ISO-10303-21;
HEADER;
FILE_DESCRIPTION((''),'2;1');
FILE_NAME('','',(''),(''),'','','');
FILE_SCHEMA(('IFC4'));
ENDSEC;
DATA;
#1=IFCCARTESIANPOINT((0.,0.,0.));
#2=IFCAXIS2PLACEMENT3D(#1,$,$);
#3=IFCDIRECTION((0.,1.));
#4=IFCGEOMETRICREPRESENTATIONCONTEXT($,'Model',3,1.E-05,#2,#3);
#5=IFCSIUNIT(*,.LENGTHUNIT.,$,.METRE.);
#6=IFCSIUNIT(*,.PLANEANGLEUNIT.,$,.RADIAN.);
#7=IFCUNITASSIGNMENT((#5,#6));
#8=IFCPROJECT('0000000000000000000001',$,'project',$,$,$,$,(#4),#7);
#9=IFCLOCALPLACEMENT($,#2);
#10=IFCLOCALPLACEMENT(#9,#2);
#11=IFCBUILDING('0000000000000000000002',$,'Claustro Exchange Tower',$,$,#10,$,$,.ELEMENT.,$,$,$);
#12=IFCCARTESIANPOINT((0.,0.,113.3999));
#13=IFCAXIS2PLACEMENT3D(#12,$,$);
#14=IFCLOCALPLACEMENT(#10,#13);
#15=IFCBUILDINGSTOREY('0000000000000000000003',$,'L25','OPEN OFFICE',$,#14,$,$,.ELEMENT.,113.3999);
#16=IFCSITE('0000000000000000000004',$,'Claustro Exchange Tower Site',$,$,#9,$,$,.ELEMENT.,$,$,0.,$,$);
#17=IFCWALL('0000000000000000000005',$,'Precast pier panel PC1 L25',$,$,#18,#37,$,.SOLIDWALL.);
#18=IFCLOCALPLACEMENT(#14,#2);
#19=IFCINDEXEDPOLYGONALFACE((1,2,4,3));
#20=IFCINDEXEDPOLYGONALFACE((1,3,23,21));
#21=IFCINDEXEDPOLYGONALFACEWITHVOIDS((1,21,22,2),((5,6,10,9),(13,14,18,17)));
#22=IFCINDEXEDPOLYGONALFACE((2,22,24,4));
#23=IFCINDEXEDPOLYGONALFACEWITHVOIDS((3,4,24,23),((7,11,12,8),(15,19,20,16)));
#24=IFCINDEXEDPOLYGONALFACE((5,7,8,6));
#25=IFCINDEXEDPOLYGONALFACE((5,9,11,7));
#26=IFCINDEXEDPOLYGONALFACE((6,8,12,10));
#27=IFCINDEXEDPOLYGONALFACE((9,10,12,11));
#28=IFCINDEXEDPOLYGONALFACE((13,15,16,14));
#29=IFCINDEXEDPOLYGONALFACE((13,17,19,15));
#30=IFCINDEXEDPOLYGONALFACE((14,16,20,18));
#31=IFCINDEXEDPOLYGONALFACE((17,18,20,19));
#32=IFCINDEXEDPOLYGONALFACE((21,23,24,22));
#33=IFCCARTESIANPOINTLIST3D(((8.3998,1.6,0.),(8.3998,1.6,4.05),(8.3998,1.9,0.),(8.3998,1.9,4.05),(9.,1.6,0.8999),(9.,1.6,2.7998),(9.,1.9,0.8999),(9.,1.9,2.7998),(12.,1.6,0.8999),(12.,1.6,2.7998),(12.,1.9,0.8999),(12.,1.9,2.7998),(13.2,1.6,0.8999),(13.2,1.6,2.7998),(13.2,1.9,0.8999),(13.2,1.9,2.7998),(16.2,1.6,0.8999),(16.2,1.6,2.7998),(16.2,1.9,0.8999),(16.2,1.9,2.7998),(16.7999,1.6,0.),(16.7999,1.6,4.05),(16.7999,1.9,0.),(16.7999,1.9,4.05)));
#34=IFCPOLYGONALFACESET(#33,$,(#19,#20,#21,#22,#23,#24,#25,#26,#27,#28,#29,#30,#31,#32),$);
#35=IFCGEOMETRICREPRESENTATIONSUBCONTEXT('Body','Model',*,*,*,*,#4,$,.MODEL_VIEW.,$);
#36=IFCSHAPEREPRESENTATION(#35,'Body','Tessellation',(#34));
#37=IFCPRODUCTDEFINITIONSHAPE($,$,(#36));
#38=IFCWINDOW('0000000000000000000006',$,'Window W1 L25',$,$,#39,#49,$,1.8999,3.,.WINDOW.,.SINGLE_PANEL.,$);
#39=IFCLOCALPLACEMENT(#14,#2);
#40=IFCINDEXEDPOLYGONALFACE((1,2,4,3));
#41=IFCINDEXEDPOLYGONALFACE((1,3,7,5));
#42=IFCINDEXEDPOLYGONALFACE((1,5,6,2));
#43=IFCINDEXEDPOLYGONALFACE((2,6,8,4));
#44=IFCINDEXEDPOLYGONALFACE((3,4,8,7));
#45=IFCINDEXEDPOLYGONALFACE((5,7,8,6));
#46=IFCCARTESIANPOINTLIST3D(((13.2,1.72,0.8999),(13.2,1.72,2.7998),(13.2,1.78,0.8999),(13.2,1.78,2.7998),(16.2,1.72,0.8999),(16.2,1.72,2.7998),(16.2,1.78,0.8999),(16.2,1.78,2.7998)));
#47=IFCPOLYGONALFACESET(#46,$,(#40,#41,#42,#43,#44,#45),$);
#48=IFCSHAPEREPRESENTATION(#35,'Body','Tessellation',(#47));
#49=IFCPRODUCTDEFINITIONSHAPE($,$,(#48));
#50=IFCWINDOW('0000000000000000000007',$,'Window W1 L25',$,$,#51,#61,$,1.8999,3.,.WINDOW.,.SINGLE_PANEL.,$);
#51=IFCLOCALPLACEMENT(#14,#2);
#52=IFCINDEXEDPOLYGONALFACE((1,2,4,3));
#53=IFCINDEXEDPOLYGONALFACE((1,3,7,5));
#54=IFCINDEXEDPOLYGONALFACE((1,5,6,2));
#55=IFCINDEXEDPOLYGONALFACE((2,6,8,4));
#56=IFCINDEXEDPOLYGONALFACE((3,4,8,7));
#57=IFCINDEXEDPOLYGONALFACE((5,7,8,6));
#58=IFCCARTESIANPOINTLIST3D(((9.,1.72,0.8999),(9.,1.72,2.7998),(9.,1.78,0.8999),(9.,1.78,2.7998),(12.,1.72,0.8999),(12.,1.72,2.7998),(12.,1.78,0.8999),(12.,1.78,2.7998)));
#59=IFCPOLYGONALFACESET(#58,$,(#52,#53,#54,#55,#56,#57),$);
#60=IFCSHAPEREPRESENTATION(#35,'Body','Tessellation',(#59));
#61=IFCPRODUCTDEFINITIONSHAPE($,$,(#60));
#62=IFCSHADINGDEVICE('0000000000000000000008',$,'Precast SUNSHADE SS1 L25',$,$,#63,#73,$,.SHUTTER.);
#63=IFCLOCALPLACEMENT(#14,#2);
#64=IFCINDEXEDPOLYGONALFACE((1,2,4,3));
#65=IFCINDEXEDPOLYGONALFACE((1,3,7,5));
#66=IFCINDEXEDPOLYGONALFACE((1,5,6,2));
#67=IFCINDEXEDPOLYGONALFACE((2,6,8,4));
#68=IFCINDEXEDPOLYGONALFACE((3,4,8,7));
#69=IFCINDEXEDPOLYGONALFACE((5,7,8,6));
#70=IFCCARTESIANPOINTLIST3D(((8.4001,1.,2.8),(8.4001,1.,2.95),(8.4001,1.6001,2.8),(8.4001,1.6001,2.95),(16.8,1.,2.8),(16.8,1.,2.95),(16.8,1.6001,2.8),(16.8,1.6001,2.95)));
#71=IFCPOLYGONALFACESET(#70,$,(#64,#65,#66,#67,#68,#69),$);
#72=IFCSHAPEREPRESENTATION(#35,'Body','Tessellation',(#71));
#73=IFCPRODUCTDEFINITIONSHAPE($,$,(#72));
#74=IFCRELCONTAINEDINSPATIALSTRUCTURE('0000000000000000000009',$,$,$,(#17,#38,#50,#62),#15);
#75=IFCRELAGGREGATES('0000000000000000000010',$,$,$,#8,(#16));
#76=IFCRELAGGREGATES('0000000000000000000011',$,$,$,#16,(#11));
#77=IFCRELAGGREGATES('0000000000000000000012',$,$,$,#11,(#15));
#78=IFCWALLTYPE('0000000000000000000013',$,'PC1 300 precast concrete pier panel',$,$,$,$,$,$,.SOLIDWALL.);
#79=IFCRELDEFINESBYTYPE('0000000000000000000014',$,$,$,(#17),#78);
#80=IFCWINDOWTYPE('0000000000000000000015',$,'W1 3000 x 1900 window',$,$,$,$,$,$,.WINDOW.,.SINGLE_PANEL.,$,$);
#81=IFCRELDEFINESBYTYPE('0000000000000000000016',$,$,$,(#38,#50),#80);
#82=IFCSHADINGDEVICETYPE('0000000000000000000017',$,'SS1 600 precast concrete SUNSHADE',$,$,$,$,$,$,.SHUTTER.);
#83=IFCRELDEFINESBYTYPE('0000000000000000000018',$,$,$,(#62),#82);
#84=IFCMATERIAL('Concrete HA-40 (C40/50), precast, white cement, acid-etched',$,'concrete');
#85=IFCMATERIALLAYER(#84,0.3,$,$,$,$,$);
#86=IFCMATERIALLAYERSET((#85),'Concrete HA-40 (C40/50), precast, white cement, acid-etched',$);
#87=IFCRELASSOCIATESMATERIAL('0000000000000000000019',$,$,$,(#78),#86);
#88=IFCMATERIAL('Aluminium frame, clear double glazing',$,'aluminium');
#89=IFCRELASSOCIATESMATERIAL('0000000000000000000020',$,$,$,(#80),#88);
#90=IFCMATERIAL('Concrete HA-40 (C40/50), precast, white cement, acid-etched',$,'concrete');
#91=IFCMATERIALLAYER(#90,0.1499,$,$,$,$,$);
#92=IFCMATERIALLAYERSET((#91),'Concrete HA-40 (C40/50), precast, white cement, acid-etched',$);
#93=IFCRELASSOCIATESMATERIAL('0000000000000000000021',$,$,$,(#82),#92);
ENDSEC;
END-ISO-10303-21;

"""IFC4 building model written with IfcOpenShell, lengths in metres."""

from ifc_helpers import new_model, si_unit, direction, frame, frame_2d, origin, origin_2d, place, context, subcontext, project, spatial, rectangle, extrude, material, layer, layer_set, type_object, element, fill, save


model = new_model("IFC4")

# Units and contexts
model_context = context("Model", 3, precision=1e-05, world=origin(), true_north=direction((0.0, 1.0)))
body_context = subcontext(model_context, "Body", "Model", "MODEL_VIEW")
ifc_project = project(units=[si_unit("LENGTHUNIT", "METRE"), si_unit("PLANEANGLEUNIT", "RADIAN")], contexts=[model_context])

# Site, building, storey
site_placement = place(None, origin())
site = spatial("IfcSite", under=ifc_project, at=site_placement, Name="Claustro Exchange Tower Site", CompositionType="ELEMENT", RefElevation=0.0)
building_placement = place(site_placement, origin())
building = spatial("IfcBuilding", under=site, at=building_placement, Name="Claustro Exchange Tower", CompositionType="ELEMENT")
storey_placement = place(building_placement, frame((0.0, 0.0, 113.3999)))
storey = spatial("IfcBuildingStorey", under=building, at=storey_placement, Name="L25", Description="OPEN OFFICE", CompositionType="ELEMENT", Elevation=113.3999)

# Wall, openings, windows
ifc_material_1 = material(Name="Concrete HA-40 (C40/50), precast, white cement, acid-etched", Category="concrete")
ifc_layer_1 = layer(ifc_material_1, 0.3)
ifc_layer_set_1 = layer_set([ifc_layer_1], Name="Concrete HA-40 (C40/50), precast, white cement, acid-etched")
wall_type_1 = type_object("IfcWallType", Name="PC1 300 precast concrete pier panel", PredefinedType="SOLIDWALL", material=ifc_layer_set_1)
wall_1_placement = place(storey_placement, frame((16.8, 1.75, 0.0), z_axis=(0.0, 0.0, 1.0), x_axis=(-1.0, 0.0, 0.0)))
wall_1 = element("IfcWall", 1, at=wall_1_placement, inside=storey, type_object=wall_type_1, Name="Precast pier panel PC1 L25", PredefinedType="SOLIDWALL", context=body_context, shape_type="SweptSolid", body=[
    extrude(rectangle(XDim=8.4001, YDim=0.3, at=frame_2d((4.2002, 0.0))), origin(), (0.0, 0.0, 1.0), 4.05),
])
opening_1_placement = place(wall_1_placement, frame((0.6001, 0.0, 0.8999)))
opening_1 = element("IfcOpeningElement", 2, at=opening_1_placement, cuts=wall_1, PredefinedType="OPENING", context=body_context, shape_type="SweptSolid", body=[
    extrude(rectangle(XDim=3.0, YDim=1.8999, at=frame_2d((1.5, 0.95))), frame((0.0, 0.1599, 0.0), z_axis=(0.0, -1.0, 0.0), x_axis=(1.0, 0.0, 0.0)), (0.0, 0.0, 1.0), 0.3201),
])
opening_2_placement = place(wall_1_placement, frame((4.8, 0.0, 0.8999)))
opening_2 = element("IfcOpeningElement", 3, at=opening_2_placement, cuts=wall_1, PredefinedType="OPENING", context=body_context, shape_type="SweptSolid", body=[
    extrude(rectangle(XDim=3.0, YDim=1.8999, at=frame_2d((1.5, 0.95))), frame((0.0, 0.1599, 0.0), z_axis=(0.0, -1.0, 0.0), x_axis=(1.0, 0.0, 0.0)), (0.0, 0.0, 1.0), 0.3201),
])
ifc_material_2 = material(Name="Aluminium frame, clear double glazing", Category="aluminium")
window_type = type_object("IfcWindowType", Name="W1 3000 x 1900 window", PartitioningType="SINGLE_PANEL", PredefinedType="WINDOW", material=ifc_material_2)
window_1_placement = place(opening_1_placement, origin())
window_1 = element("IfcWindow", 4, at=window_1_placement, inside=storey, type_object=window_type, Name="Window W1 L25", OverallHeight=1.8999, OverallWidth=3.0, PartitioningType="SINGLE_PANEL", PredefinedType="WINDOW", context=body_context, shape_type="SweptSolid", body=[
    extrude(rectangle(XDim=3.0, YDim=1.8999, at=frame_2d((1.5, 0.95))), frame((0.0, 0.03, 0.0), z_axis=(0.0, -1.0, 0.0), x_axis=(1.0, 0.0, 0.0)), (0.0, 0.0, 1.0), 0.0601),
])
fill(opening_1, window_1)
window_2_placement = place(opening_2_placement, origin())
window_2 = element("IfcWindow", 5, at=window_2_placement, inside=storey, type_object=window_type, Name="Window W1 L25", OverallHeight=1.8999, OverallWidth=3.0, PartitioningType="SINGLE_PANEL", PredefinedType="WINDOW", context=body_context, shape_type="SweptSolid", body=[
    extrude(rectangle(XDim=3.0, YDim=1.8999, at=frame_2d((1.5, 0.95))), frame((0.0, 0.03, 0.0), z_axis=(0.0, -1.0, 0.0), x_axis=(1.0, 0.0, 0.0)), (0.0, 0.0, 1.0), 0.0601),
])
fill(opening_2, window_2)

# Shading device
ifc_material_3 = material(Name="Concrete HA-40 (C40/50), precast, white cement, acid-etched", Category="concrete")
ifc_layer_2 = layer(ifc_material_3, 0.1499)
ifc_layer_set_2 = layer_set([ifc_layer_2], Name="Concrete HA-40 (C40/50), precast, white cement, acid-etched")
shading_device_type = type_object("IfcShadingDeviceType", Name="SS1 600 precast concrete SUNSHADE", PredefinedType="SHUTTER", material=ifc_layer_set_2)
shading_device_placement = place(storey_placement, frame((12.6001, 1.3, 2.8), z_axis=(0.0, 0.0, 1.0), x_axis=(-1.0, 0.0, 0.0)))
element("IfcShadingDevice", 6, at=shading_device_placement, inside=storey, type_object=shading_device_type, Name="Precast SUNSHADE SS1 L25", PredefinedType="SHUTTER", context=body_context, shape_type="SweptSolid", body=[
    extrude(rectangle(XDim=8.3999, YDim=0.6001, at=origin_2d()), origin(), (0.0, 0.0, 1.0), 0.1499),
])

save(model, "model.ifc")
